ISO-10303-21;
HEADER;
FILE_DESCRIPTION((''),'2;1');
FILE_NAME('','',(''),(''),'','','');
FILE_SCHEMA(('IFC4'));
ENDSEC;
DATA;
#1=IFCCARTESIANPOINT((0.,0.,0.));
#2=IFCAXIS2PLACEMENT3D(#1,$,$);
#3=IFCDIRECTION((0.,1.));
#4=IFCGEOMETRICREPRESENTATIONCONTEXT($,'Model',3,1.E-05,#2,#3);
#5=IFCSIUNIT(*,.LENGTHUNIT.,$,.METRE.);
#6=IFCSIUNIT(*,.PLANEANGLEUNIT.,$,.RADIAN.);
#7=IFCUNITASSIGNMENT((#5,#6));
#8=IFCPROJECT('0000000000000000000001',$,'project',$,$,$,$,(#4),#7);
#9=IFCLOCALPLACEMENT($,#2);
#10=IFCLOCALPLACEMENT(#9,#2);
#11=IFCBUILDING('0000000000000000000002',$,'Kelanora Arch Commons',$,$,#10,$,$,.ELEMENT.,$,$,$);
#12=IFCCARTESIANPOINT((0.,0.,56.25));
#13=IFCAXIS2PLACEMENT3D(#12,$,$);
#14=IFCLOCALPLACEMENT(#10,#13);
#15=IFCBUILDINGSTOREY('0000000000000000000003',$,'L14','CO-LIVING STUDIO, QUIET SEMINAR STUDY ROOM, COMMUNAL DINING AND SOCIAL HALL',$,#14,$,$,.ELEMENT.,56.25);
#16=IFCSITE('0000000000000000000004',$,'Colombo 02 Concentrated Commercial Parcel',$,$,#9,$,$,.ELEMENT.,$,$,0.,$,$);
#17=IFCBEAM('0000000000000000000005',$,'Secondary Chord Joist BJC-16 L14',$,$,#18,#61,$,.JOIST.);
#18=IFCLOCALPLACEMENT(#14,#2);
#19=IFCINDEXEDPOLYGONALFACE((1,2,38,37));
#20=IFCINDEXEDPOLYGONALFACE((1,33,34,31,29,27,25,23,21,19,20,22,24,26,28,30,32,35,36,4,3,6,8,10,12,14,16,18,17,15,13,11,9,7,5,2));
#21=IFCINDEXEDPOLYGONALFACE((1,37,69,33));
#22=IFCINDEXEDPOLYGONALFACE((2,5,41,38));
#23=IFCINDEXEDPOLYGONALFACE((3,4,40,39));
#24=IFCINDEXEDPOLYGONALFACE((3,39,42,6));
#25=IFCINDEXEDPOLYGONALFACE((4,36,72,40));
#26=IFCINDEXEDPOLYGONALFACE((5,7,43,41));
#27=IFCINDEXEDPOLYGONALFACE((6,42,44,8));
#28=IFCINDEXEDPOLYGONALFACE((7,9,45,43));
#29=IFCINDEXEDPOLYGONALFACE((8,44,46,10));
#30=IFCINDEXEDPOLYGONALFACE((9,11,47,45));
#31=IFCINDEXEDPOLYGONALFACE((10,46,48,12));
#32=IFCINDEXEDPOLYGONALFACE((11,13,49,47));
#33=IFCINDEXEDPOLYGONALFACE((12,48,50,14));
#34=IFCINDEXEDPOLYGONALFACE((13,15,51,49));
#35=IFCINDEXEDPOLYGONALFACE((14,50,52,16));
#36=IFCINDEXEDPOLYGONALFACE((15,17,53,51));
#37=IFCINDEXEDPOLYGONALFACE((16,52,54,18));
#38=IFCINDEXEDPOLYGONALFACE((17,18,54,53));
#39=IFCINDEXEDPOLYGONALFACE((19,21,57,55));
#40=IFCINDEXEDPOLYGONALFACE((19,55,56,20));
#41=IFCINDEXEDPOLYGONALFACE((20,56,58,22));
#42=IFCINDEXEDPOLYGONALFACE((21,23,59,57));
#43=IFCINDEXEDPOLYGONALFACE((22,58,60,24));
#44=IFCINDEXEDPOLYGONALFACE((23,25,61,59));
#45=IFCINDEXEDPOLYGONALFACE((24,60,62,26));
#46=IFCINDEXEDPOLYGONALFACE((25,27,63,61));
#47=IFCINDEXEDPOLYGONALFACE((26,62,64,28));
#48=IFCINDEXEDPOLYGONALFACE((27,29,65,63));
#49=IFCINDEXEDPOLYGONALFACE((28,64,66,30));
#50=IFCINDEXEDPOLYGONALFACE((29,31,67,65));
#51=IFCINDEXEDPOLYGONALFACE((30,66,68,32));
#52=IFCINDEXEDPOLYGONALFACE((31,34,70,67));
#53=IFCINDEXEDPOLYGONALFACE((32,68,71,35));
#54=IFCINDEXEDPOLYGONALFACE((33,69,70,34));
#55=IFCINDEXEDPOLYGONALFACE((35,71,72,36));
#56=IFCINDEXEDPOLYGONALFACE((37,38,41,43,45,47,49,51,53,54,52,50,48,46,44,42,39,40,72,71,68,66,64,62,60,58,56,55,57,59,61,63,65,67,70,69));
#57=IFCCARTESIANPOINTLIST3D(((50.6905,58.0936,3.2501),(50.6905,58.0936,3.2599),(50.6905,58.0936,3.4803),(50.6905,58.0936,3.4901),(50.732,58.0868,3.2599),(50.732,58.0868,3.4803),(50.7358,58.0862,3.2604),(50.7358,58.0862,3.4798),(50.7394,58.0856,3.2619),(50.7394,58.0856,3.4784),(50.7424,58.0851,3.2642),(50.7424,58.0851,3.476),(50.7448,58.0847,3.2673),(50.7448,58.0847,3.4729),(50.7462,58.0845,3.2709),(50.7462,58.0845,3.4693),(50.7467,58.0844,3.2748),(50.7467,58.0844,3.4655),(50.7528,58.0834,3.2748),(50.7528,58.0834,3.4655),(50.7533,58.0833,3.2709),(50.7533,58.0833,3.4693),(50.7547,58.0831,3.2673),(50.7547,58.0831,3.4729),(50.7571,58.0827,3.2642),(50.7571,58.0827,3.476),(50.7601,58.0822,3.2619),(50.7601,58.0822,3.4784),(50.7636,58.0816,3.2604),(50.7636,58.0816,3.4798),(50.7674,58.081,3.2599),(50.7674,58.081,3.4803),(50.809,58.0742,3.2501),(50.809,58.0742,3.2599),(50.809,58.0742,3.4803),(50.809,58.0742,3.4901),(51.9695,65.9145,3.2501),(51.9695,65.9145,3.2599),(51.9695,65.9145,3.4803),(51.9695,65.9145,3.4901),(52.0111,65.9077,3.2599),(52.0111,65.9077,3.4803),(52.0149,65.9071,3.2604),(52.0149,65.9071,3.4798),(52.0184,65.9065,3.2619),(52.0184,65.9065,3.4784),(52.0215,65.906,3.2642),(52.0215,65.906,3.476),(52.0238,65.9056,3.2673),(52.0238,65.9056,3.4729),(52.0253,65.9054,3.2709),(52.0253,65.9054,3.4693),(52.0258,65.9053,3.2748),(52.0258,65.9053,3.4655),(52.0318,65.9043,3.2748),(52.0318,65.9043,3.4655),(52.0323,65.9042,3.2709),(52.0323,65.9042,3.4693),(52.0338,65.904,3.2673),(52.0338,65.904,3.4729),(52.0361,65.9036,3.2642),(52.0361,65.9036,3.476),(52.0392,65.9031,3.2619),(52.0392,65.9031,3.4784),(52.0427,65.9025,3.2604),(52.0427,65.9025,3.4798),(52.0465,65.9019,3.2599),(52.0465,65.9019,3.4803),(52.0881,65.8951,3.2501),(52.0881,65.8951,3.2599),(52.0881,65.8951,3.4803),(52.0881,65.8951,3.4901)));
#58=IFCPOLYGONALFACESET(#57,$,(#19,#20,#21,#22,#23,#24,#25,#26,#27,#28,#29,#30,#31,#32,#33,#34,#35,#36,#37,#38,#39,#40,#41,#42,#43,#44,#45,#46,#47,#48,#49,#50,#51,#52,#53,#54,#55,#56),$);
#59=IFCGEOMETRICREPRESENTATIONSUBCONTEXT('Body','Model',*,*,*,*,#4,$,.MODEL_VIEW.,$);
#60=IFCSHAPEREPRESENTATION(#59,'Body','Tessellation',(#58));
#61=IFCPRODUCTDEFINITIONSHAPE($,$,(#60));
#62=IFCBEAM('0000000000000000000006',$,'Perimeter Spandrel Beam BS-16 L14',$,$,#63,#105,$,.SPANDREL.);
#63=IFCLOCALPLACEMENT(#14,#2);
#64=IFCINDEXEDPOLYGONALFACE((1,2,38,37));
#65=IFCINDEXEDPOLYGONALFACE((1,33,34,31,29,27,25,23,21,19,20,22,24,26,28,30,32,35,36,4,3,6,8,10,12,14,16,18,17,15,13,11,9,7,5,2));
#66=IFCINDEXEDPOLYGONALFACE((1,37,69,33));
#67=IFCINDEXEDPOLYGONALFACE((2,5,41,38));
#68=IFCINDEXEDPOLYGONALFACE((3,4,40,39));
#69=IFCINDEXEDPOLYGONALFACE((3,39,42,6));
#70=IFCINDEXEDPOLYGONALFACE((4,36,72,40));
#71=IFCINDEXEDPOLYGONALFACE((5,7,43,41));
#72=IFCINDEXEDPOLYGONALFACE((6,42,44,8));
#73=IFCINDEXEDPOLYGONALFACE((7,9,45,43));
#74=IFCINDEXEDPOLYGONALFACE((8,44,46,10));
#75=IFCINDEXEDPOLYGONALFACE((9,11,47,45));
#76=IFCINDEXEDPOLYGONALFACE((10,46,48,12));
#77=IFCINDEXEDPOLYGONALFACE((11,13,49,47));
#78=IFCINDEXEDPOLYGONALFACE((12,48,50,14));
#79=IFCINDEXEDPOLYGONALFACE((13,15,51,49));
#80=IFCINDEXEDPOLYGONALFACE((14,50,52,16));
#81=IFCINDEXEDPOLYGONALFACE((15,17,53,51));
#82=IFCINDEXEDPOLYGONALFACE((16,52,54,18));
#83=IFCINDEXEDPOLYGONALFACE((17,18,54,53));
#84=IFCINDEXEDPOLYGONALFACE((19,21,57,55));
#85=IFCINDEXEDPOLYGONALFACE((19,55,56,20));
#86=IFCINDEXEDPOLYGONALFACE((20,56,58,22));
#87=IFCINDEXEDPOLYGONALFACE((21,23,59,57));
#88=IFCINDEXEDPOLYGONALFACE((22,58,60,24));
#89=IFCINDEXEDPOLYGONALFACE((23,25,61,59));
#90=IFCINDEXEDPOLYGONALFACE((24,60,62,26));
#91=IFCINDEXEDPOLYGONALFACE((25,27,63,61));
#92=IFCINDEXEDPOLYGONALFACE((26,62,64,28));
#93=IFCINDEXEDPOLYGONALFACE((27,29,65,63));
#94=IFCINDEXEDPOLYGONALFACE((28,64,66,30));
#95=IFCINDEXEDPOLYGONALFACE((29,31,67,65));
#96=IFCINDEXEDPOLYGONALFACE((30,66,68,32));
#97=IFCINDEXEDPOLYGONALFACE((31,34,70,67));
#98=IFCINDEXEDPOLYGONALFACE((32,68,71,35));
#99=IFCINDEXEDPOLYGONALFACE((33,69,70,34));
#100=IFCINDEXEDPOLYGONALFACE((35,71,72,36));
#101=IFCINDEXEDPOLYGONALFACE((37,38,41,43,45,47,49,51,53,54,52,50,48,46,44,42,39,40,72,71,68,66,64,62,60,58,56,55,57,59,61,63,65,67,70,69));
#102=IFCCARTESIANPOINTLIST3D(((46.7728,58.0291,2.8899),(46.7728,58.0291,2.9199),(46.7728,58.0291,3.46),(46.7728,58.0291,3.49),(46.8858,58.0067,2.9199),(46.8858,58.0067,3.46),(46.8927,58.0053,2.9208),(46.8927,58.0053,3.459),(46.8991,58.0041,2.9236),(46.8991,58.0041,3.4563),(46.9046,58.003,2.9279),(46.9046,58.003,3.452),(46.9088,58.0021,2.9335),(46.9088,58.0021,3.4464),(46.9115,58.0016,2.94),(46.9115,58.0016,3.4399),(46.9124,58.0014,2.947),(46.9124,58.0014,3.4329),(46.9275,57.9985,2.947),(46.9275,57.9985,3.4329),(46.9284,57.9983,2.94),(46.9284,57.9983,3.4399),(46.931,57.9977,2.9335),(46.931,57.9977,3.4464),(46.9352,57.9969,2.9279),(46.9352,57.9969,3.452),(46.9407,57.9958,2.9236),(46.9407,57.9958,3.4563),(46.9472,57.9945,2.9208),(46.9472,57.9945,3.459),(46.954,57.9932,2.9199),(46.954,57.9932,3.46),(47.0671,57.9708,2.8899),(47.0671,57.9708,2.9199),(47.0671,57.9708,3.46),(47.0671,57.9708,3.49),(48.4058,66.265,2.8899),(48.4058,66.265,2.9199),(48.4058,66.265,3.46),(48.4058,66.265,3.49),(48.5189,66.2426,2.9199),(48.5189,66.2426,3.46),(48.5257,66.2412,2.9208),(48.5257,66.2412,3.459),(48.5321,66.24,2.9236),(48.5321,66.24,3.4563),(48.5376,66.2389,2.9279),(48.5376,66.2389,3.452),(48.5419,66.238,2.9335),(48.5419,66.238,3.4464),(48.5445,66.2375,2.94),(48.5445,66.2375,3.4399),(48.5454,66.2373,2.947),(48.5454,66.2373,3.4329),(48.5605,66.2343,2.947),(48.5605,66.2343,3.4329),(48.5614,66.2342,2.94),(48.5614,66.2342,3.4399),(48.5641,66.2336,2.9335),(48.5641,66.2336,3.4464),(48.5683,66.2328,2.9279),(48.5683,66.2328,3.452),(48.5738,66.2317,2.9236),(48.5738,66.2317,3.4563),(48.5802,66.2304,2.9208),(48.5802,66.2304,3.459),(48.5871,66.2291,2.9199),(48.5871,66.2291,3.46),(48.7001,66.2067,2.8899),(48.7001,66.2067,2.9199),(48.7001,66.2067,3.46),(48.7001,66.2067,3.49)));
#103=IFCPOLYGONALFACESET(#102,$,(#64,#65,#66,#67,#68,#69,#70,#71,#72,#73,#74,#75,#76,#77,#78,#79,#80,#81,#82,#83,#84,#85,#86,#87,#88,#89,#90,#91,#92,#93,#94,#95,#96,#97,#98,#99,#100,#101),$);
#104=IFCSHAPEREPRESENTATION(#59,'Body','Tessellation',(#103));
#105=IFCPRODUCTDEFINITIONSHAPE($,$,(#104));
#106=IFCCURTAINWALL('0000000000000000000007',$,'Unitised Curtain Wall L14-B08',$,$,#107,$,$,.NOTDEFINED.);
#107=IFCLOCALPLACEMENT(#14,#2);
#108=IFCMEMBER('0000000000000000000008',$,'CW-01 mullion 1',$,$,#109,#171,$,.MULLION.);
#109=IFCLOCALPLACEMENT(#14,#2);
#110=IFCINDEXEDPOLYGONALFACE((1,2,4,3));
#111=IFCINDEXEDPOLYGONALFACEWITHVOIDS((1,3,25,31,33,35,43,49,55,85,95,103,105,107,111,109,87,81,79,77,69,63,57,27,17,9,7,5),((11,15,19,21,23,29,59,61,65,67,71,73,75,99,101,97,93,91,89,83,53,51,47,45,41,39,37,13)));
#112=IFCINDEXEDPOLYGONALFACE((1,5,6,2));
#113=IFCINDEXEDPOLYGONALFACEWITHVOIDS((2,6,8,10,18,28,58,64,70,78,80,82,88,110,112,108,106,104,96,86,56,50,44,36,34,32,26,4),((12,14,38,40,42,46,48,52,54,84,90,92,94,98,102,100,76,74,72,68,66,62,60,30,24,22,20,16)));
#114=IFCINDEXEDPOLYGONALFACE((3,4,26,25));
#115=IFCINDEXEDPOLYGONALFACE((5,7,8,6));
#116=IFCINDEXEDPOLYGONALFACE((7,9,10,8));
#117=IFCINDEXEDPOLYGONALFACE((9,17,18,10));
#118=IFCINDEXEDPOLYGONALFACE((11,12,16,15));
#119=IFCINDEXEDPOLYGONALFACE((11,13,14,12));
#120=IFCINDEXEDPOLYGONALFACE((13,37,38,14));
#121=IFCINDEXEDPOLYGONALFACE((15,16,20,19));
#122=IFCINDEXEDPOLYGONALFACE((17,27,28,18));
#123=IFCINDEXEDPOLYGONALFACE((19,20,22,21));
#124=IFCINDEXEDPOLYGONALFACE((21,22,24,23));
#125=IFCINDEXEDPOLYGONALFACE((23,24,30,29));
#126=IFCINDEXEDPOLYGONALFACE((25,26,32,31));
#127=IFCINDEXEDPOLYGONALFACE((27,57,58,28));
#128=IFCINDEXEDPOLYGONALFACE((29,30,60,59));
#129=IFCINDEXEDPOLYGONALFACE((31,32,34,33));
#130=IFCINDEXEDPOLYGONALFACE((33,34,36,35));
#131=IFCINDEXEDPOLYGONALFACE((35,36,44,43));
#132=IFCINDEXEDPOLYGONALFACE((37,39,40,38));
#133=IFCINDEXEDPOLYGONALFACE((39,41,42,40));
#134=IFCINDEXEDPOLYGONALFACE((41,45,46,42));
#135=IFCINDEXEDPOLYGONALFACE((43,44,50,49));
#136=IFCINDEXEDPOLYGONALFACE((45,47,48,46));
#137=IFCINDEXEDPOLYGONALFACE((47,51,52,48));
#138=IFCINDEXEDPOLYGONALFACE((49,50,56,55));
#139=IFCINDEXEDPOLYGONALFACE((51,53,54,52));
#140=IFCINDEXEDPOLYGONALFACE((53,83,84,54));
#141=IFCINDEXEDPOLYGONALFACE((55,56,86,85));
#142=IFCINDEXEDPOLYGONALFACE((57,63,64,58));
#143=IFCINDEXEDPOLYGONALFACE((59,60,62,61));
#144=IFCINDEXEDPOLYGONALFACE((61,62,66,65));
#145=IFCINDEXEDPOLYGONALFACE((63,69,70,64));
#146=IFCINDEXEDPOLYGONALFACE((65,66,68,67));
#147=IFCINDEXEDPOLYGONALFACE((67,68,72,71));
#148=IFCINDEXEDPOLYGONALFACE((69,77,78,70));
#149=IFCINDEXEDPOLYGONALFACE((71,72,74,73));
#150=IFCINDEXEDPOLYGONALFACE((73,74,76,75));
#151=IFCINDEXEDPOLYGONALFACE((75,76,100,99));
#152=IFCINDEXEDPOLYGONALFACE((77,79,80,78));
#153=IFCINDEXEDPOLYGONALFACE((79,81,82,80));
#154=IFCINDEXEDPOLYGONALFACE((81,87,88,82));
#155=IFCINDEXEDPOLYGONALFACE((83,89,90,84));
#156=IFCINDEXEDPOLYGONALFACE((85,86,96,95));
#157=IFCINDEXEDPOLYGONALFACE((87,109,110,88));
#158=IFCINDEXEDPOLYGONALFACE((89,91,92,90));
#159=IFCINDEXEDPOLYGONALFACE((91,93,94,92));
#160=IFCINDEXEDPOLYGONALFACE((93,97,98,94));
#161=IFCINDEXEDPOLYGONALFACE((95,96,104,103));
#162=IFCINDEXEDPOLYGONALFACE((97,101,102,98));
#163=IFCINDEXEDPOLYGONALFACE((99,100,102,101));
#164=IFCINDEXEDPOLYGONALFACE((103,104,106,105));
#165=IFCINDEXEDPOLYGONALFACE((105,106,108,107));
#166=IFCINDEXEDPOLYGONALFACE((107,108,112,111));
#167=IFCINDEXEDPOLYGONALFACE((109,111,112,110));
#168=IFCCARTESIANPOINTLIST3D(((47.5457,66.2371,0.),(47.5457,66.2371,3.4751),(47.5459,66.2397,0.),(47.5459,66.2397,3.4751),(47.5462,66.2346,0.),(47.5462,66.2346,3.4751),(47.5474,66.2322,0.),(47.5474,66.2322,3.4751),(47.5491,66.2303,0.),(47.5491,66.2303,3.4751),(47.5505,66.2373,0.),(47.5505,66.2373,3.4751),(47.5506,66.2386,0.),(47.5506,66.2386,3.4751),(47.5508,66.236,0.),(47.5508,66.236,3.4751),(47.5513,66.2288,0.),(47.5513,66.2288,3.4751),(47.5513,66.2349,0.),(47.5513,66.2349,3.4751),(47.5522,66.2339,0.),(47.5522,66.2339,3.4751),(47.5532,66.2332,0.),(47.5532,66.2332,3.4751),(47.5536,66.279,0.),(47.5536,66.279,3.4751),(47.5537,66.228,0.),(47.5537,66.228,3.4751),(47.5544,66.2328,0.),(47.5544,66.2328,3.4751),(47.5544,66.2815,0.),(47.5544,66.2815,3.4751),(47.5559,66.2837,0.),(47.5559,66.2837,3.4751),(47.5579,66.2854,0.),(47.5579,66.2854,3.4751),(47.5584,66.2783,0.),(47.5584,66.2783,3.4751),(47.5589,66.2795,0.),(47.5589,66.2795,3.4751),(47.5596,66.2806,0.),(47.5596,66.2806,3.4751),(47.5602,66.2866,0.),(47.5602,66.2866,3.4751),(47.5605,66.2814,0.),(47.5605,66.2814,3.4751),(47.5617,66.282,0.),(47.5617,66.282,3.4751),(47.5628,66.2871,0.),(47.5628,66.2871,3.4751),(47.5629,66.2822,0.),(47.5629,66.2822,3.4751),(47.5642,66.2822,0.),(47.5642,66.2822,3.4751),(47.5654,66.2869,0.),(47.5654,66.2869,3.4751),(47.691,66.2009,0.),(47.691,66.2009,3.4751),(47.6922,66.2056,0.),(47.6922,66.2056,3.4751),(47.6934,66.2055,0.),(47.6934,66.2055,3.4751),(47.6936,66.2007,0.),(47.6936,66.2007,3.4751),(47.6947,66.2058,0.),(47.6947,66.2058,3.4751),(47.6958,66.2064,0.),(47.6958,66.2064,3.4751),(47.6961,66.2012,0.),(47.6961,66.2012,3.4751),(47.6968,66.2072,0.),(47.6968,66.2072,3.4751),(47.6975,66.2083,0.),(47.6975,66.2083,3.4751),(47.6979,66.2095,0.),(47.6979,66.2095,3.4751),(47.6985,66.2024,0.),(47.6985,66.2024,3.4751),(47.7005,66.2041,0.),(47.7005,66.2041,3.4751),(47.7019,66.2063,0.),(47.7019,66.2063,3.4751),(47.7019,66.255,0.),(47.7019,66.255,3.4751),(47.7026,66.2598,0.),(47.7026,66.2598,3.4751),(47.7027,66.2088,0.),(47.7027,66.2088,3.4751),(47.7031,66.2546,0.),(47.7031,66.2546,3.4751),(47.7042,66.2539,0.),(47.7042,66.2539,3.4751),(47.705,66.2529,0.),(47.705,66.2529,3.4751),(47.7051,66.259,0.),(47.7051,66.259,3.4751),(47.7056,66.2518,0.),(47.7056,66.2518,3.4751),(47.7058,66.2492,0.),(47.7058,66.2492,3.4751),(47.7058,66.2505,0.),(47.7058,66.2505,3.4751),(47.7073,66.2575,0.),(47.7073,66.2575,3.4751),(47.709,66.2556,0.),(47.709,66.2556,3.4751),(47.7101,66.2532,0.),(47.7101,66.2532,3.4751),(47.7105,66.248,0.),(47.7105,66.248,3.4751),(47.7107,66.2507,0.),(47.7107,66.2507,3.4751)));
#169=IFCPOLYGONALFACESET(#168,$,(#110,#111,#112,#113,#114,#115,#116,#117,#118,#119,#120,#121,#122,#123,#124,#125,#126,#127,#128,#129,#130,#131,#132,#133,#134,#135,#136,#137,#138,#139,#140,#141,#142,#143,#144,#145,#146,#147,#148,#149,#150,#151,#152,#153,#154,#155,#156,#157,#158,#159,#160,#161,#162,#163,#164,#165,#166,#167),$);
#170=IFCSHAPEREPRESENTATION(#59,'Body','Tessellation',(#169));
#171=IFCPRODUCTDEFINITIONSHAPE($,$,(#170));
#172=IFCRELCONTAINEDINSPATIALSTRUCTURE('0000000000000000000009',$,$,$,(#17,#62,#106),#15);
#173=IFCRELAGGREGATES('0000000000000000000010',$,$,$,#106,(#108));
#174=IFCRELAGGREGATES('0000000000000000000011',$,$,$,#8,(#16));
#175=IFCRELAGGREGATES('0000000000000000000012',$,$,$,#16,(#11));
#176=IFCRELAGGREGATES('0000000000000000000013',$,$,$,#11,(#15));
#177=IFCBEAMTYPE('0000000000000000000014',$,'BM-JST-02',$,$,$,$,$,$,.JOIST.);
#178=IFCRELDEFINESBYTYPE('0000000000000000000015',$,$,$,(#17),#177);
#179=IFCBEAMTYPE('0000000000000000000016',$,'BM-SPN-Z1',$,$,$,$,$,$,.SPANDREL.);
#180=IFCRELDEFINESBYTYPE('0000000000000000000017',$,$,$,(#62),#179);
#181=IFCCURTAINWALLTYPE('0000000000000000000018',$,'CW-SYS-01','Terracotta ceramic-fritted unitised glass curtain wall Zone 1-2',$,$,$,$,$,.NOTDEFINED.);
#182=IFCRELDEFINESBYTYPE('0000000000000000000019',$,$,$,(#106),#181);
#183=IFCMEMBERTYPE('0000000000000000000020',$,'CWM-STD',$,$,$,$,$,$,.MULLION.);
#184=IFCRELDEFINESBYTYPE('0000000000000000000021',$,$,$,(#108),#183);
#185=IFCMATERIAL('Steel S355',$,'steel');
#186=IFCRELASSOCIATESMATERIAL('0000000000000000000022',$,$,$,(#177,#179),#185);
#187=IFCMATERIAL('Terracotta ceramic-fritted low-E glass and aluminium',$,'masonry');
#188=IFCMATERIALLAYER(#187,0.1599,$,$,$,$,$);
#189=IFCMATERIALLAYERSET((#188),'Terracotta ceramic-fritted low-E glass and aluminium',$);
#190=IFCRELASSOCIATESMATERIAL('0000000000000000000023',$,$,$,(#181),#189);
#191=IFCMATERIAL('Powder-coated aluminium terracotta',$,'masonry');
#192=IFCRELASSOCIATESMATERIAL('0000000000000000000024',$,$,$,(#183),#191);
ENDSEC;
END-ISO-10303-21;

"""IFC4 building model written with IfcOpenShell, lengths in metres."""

from ifc_helpers import new_model, si_unit, direction, frame, origin, origin_2d, place, context, subcontext, project, spatial, hollow_rectangle, i_section, extrude, material, layer, layer_set, material_profile, profile_set, type_object, element, aggregate, save


model = new_model("IFC4")

# Units and contexts
model_context = context("Model", 3, precision=1e-05, world=origin(), true_north=direction((0.0, 1.0)))
body_context = subcontext(model_context, "Body", "Model", "MODEL_VIEW")
ifc_project = project(units=[si_unit("LENGTHUNIT", "METRE"), si_unit("PLANEANGLEUNIT", "RADIAN")], contexts=[model_context])

# Site, building, storey
site_placement = place(None, origin())
site = spatial("IfcSite", under=ifc_project, at=site_placement, Name="Colombo 02 Concentrated Commercial Parcel", CompositionType="ELEMENT", RefElevation=0.0)
building_placement = place(site_placement, origin())
building = spatial("IfcBuilding", under=site, at=building_placement, Name="Kelanora Arch Commons", CompositionType="ELEMENT")
storey_placement = place(building_placement, frame((0.0, 0.0, 56.25)))
storey = spatial("IfcBuildingStorey", under=building, at=storey_placement, Name="L14", Description="CO-LIVING STUDIO, QUIET SEMINAR STUDY ROOM, COMMUNAL DINING AND SOCIAL HALL", CompositionType="ELEMENT", Elevation=56.25)

# Beams
ifc_material_1 = material(Name="Steel S355", Category="steel")
ifc_material_profile_1 = material_profile(ifc_material_1, i_section(OverallWidth=0.1201, OverallDepth=0.24, WebThickness=0.0061, FlangeThickness=0.0098, FilletRadius=0.0149, at=origin_2d()), Name="IPE240")
ifc_profile_set_1 = profile_set([ifc_material_profile_1], Name="Steel S355")
beam_type_1 = type_object("IfcBeamType", Name="BM-JST-02", PredefinedType="JOIST", material=ifc_profile_set_1)
beam_1_placement = place(storey_placement, frame((52.0288, 65.9048, 3.3701), z_axis=(-0.161401, -0.986889, 0.0), x_axis=(0.986889, -0.161401, 0.0)))
element("IfcBeam", 1, at=beam_1_placement, inside=storey, type_object=beam_type_1, Name="Secondary Chord Joist BJC-16 L14", PredefinedType="JOIST", context=body_context, shape_type="SweptSolid", body=[
    extrude(i_section(OverallWidth=0.1201, OverallDepth=0.24, WebThickness=0.0061, FlangeThickness=0.0098, FilletRadius=0.0149, at=origin_2d()), origin(), (0.0, 0.0, 1.0), 7.9248),
])
ifc_material_profile_2 = material_profile(ifc_material_1, i_section(OverallWidth=0.3, OverallDepth=0.6001, WebThickness=0.0154, FlangeThickness=0.03, FilletRadius=0.0271, at=origin_2d()), Name="HEB600")
ifc_profile_set_2 = profile_set([ifc_material_profile_2], Name="Steel S355")
beam_type_2 = type_object("IfcBeamType", Name="BM-SPN-Z1", PredefinedType="SPANDREL", material=ifc_profile_set_2)
beam_2_placement = place(storey_placement, frame((48.553, 66.2358, 3.1899), z_axis=(-0.1945, -0.980903, 0.0), x_axis=(0.980903, -0.1945, 0.0)))
element("IfcBeam", 2, at=beam_2_placement, inside=storey, type_object=beam_type_2, Name="Perimeter Spandrel Beam BS-16 L14", PredefinedType="SPANDREL", context=body_context, shape_type="SweptSolid", body=[
    extrude(i_section(OverallWidth=0.3, OverallDepth=0.6001, WebThickness=0.0154, FlangeThickness=0.03, FilletRadius=0.0271, at=origin_2d()), origin(), (0.0, 0.0, 1.0), 8.3962),
])

# Curtain wall, member
ifc_material_2 = material(Name="Terracotta ceramic-fritted low-E glass and aluminium", Category="masonry")
ifc_layer_1 = layer(ifc_material_2, 0.1599)
ifc_layer_set_1 = layer_set([ifc_layer_1], Name="Terracotta ceramic-fritted low-E glass and aluminium")
curtain_wall_type = type_object("IfcCurtainWallType", Name="CW-SYS-01", Description="Terracotta ceramic-fritted unitised glass curtain wall Zone 1-2", PredefinedType="NOTDEFINED", material=ifc_layer_set_1)
curtain_wall_placement = place(storey_placement, origin())
curtain_wall = element("IfcCurtainWall", 3, at=curtain_wall_placement, inside=storey, type_object=curtain_wall_type, Name="Unitised Curtain Wall L14-B08", PredefinedType="NOTDEFINED")
ifc_material_3 = material(Name="Powder-coated aluminium terracotta", Category="masonry")
ifc_material_profile_3 = material_profile(ifc_material_3, hollow_rectangle(XDim=0.1599, YDim=0.0601, WallThickness=0.0049, InnerFilletRadius=0.0049, OuterFilletRadius=0.01, at=origin_2d()), Name="CWM160x60")
ifc_profile_set_3 = profile_set([ifc_material_profile_3], Name="Powder-coated aluminium terracotta")
member_type_1 = type_object("IfcMemberType", Name="CWM-STD", PredefinedType="MULLION", material=ifc_profile_set_3)
member_1_placement = place(storey_placement, frame((47.6282, 66.2439, 0.0), z_axis=(0.0, 0.0, 1.0), x_axis=(0.981052, -0.193744, 0.0)))
member_1 = element("IfcMember", 4, at=member_1_placement, type_object=member_type_1, Name="CW-01 mullion 1", PredefinedType="MULLION", context=body_context, shape_type="SweptSolid", body=[
    extrude(hollow_rectangle(XDim=0.1599, YDim=0.0601, WallThickness=0.0049, InnerFilletRadius=0.0049, OuterFilletRadius=0.01, at=origin_2d()), origin(), (0.0, 0.0, 1.0), 3.4751),
])
aggregate(curtain_wall, [member_1])

save(model, "model.ifc")
